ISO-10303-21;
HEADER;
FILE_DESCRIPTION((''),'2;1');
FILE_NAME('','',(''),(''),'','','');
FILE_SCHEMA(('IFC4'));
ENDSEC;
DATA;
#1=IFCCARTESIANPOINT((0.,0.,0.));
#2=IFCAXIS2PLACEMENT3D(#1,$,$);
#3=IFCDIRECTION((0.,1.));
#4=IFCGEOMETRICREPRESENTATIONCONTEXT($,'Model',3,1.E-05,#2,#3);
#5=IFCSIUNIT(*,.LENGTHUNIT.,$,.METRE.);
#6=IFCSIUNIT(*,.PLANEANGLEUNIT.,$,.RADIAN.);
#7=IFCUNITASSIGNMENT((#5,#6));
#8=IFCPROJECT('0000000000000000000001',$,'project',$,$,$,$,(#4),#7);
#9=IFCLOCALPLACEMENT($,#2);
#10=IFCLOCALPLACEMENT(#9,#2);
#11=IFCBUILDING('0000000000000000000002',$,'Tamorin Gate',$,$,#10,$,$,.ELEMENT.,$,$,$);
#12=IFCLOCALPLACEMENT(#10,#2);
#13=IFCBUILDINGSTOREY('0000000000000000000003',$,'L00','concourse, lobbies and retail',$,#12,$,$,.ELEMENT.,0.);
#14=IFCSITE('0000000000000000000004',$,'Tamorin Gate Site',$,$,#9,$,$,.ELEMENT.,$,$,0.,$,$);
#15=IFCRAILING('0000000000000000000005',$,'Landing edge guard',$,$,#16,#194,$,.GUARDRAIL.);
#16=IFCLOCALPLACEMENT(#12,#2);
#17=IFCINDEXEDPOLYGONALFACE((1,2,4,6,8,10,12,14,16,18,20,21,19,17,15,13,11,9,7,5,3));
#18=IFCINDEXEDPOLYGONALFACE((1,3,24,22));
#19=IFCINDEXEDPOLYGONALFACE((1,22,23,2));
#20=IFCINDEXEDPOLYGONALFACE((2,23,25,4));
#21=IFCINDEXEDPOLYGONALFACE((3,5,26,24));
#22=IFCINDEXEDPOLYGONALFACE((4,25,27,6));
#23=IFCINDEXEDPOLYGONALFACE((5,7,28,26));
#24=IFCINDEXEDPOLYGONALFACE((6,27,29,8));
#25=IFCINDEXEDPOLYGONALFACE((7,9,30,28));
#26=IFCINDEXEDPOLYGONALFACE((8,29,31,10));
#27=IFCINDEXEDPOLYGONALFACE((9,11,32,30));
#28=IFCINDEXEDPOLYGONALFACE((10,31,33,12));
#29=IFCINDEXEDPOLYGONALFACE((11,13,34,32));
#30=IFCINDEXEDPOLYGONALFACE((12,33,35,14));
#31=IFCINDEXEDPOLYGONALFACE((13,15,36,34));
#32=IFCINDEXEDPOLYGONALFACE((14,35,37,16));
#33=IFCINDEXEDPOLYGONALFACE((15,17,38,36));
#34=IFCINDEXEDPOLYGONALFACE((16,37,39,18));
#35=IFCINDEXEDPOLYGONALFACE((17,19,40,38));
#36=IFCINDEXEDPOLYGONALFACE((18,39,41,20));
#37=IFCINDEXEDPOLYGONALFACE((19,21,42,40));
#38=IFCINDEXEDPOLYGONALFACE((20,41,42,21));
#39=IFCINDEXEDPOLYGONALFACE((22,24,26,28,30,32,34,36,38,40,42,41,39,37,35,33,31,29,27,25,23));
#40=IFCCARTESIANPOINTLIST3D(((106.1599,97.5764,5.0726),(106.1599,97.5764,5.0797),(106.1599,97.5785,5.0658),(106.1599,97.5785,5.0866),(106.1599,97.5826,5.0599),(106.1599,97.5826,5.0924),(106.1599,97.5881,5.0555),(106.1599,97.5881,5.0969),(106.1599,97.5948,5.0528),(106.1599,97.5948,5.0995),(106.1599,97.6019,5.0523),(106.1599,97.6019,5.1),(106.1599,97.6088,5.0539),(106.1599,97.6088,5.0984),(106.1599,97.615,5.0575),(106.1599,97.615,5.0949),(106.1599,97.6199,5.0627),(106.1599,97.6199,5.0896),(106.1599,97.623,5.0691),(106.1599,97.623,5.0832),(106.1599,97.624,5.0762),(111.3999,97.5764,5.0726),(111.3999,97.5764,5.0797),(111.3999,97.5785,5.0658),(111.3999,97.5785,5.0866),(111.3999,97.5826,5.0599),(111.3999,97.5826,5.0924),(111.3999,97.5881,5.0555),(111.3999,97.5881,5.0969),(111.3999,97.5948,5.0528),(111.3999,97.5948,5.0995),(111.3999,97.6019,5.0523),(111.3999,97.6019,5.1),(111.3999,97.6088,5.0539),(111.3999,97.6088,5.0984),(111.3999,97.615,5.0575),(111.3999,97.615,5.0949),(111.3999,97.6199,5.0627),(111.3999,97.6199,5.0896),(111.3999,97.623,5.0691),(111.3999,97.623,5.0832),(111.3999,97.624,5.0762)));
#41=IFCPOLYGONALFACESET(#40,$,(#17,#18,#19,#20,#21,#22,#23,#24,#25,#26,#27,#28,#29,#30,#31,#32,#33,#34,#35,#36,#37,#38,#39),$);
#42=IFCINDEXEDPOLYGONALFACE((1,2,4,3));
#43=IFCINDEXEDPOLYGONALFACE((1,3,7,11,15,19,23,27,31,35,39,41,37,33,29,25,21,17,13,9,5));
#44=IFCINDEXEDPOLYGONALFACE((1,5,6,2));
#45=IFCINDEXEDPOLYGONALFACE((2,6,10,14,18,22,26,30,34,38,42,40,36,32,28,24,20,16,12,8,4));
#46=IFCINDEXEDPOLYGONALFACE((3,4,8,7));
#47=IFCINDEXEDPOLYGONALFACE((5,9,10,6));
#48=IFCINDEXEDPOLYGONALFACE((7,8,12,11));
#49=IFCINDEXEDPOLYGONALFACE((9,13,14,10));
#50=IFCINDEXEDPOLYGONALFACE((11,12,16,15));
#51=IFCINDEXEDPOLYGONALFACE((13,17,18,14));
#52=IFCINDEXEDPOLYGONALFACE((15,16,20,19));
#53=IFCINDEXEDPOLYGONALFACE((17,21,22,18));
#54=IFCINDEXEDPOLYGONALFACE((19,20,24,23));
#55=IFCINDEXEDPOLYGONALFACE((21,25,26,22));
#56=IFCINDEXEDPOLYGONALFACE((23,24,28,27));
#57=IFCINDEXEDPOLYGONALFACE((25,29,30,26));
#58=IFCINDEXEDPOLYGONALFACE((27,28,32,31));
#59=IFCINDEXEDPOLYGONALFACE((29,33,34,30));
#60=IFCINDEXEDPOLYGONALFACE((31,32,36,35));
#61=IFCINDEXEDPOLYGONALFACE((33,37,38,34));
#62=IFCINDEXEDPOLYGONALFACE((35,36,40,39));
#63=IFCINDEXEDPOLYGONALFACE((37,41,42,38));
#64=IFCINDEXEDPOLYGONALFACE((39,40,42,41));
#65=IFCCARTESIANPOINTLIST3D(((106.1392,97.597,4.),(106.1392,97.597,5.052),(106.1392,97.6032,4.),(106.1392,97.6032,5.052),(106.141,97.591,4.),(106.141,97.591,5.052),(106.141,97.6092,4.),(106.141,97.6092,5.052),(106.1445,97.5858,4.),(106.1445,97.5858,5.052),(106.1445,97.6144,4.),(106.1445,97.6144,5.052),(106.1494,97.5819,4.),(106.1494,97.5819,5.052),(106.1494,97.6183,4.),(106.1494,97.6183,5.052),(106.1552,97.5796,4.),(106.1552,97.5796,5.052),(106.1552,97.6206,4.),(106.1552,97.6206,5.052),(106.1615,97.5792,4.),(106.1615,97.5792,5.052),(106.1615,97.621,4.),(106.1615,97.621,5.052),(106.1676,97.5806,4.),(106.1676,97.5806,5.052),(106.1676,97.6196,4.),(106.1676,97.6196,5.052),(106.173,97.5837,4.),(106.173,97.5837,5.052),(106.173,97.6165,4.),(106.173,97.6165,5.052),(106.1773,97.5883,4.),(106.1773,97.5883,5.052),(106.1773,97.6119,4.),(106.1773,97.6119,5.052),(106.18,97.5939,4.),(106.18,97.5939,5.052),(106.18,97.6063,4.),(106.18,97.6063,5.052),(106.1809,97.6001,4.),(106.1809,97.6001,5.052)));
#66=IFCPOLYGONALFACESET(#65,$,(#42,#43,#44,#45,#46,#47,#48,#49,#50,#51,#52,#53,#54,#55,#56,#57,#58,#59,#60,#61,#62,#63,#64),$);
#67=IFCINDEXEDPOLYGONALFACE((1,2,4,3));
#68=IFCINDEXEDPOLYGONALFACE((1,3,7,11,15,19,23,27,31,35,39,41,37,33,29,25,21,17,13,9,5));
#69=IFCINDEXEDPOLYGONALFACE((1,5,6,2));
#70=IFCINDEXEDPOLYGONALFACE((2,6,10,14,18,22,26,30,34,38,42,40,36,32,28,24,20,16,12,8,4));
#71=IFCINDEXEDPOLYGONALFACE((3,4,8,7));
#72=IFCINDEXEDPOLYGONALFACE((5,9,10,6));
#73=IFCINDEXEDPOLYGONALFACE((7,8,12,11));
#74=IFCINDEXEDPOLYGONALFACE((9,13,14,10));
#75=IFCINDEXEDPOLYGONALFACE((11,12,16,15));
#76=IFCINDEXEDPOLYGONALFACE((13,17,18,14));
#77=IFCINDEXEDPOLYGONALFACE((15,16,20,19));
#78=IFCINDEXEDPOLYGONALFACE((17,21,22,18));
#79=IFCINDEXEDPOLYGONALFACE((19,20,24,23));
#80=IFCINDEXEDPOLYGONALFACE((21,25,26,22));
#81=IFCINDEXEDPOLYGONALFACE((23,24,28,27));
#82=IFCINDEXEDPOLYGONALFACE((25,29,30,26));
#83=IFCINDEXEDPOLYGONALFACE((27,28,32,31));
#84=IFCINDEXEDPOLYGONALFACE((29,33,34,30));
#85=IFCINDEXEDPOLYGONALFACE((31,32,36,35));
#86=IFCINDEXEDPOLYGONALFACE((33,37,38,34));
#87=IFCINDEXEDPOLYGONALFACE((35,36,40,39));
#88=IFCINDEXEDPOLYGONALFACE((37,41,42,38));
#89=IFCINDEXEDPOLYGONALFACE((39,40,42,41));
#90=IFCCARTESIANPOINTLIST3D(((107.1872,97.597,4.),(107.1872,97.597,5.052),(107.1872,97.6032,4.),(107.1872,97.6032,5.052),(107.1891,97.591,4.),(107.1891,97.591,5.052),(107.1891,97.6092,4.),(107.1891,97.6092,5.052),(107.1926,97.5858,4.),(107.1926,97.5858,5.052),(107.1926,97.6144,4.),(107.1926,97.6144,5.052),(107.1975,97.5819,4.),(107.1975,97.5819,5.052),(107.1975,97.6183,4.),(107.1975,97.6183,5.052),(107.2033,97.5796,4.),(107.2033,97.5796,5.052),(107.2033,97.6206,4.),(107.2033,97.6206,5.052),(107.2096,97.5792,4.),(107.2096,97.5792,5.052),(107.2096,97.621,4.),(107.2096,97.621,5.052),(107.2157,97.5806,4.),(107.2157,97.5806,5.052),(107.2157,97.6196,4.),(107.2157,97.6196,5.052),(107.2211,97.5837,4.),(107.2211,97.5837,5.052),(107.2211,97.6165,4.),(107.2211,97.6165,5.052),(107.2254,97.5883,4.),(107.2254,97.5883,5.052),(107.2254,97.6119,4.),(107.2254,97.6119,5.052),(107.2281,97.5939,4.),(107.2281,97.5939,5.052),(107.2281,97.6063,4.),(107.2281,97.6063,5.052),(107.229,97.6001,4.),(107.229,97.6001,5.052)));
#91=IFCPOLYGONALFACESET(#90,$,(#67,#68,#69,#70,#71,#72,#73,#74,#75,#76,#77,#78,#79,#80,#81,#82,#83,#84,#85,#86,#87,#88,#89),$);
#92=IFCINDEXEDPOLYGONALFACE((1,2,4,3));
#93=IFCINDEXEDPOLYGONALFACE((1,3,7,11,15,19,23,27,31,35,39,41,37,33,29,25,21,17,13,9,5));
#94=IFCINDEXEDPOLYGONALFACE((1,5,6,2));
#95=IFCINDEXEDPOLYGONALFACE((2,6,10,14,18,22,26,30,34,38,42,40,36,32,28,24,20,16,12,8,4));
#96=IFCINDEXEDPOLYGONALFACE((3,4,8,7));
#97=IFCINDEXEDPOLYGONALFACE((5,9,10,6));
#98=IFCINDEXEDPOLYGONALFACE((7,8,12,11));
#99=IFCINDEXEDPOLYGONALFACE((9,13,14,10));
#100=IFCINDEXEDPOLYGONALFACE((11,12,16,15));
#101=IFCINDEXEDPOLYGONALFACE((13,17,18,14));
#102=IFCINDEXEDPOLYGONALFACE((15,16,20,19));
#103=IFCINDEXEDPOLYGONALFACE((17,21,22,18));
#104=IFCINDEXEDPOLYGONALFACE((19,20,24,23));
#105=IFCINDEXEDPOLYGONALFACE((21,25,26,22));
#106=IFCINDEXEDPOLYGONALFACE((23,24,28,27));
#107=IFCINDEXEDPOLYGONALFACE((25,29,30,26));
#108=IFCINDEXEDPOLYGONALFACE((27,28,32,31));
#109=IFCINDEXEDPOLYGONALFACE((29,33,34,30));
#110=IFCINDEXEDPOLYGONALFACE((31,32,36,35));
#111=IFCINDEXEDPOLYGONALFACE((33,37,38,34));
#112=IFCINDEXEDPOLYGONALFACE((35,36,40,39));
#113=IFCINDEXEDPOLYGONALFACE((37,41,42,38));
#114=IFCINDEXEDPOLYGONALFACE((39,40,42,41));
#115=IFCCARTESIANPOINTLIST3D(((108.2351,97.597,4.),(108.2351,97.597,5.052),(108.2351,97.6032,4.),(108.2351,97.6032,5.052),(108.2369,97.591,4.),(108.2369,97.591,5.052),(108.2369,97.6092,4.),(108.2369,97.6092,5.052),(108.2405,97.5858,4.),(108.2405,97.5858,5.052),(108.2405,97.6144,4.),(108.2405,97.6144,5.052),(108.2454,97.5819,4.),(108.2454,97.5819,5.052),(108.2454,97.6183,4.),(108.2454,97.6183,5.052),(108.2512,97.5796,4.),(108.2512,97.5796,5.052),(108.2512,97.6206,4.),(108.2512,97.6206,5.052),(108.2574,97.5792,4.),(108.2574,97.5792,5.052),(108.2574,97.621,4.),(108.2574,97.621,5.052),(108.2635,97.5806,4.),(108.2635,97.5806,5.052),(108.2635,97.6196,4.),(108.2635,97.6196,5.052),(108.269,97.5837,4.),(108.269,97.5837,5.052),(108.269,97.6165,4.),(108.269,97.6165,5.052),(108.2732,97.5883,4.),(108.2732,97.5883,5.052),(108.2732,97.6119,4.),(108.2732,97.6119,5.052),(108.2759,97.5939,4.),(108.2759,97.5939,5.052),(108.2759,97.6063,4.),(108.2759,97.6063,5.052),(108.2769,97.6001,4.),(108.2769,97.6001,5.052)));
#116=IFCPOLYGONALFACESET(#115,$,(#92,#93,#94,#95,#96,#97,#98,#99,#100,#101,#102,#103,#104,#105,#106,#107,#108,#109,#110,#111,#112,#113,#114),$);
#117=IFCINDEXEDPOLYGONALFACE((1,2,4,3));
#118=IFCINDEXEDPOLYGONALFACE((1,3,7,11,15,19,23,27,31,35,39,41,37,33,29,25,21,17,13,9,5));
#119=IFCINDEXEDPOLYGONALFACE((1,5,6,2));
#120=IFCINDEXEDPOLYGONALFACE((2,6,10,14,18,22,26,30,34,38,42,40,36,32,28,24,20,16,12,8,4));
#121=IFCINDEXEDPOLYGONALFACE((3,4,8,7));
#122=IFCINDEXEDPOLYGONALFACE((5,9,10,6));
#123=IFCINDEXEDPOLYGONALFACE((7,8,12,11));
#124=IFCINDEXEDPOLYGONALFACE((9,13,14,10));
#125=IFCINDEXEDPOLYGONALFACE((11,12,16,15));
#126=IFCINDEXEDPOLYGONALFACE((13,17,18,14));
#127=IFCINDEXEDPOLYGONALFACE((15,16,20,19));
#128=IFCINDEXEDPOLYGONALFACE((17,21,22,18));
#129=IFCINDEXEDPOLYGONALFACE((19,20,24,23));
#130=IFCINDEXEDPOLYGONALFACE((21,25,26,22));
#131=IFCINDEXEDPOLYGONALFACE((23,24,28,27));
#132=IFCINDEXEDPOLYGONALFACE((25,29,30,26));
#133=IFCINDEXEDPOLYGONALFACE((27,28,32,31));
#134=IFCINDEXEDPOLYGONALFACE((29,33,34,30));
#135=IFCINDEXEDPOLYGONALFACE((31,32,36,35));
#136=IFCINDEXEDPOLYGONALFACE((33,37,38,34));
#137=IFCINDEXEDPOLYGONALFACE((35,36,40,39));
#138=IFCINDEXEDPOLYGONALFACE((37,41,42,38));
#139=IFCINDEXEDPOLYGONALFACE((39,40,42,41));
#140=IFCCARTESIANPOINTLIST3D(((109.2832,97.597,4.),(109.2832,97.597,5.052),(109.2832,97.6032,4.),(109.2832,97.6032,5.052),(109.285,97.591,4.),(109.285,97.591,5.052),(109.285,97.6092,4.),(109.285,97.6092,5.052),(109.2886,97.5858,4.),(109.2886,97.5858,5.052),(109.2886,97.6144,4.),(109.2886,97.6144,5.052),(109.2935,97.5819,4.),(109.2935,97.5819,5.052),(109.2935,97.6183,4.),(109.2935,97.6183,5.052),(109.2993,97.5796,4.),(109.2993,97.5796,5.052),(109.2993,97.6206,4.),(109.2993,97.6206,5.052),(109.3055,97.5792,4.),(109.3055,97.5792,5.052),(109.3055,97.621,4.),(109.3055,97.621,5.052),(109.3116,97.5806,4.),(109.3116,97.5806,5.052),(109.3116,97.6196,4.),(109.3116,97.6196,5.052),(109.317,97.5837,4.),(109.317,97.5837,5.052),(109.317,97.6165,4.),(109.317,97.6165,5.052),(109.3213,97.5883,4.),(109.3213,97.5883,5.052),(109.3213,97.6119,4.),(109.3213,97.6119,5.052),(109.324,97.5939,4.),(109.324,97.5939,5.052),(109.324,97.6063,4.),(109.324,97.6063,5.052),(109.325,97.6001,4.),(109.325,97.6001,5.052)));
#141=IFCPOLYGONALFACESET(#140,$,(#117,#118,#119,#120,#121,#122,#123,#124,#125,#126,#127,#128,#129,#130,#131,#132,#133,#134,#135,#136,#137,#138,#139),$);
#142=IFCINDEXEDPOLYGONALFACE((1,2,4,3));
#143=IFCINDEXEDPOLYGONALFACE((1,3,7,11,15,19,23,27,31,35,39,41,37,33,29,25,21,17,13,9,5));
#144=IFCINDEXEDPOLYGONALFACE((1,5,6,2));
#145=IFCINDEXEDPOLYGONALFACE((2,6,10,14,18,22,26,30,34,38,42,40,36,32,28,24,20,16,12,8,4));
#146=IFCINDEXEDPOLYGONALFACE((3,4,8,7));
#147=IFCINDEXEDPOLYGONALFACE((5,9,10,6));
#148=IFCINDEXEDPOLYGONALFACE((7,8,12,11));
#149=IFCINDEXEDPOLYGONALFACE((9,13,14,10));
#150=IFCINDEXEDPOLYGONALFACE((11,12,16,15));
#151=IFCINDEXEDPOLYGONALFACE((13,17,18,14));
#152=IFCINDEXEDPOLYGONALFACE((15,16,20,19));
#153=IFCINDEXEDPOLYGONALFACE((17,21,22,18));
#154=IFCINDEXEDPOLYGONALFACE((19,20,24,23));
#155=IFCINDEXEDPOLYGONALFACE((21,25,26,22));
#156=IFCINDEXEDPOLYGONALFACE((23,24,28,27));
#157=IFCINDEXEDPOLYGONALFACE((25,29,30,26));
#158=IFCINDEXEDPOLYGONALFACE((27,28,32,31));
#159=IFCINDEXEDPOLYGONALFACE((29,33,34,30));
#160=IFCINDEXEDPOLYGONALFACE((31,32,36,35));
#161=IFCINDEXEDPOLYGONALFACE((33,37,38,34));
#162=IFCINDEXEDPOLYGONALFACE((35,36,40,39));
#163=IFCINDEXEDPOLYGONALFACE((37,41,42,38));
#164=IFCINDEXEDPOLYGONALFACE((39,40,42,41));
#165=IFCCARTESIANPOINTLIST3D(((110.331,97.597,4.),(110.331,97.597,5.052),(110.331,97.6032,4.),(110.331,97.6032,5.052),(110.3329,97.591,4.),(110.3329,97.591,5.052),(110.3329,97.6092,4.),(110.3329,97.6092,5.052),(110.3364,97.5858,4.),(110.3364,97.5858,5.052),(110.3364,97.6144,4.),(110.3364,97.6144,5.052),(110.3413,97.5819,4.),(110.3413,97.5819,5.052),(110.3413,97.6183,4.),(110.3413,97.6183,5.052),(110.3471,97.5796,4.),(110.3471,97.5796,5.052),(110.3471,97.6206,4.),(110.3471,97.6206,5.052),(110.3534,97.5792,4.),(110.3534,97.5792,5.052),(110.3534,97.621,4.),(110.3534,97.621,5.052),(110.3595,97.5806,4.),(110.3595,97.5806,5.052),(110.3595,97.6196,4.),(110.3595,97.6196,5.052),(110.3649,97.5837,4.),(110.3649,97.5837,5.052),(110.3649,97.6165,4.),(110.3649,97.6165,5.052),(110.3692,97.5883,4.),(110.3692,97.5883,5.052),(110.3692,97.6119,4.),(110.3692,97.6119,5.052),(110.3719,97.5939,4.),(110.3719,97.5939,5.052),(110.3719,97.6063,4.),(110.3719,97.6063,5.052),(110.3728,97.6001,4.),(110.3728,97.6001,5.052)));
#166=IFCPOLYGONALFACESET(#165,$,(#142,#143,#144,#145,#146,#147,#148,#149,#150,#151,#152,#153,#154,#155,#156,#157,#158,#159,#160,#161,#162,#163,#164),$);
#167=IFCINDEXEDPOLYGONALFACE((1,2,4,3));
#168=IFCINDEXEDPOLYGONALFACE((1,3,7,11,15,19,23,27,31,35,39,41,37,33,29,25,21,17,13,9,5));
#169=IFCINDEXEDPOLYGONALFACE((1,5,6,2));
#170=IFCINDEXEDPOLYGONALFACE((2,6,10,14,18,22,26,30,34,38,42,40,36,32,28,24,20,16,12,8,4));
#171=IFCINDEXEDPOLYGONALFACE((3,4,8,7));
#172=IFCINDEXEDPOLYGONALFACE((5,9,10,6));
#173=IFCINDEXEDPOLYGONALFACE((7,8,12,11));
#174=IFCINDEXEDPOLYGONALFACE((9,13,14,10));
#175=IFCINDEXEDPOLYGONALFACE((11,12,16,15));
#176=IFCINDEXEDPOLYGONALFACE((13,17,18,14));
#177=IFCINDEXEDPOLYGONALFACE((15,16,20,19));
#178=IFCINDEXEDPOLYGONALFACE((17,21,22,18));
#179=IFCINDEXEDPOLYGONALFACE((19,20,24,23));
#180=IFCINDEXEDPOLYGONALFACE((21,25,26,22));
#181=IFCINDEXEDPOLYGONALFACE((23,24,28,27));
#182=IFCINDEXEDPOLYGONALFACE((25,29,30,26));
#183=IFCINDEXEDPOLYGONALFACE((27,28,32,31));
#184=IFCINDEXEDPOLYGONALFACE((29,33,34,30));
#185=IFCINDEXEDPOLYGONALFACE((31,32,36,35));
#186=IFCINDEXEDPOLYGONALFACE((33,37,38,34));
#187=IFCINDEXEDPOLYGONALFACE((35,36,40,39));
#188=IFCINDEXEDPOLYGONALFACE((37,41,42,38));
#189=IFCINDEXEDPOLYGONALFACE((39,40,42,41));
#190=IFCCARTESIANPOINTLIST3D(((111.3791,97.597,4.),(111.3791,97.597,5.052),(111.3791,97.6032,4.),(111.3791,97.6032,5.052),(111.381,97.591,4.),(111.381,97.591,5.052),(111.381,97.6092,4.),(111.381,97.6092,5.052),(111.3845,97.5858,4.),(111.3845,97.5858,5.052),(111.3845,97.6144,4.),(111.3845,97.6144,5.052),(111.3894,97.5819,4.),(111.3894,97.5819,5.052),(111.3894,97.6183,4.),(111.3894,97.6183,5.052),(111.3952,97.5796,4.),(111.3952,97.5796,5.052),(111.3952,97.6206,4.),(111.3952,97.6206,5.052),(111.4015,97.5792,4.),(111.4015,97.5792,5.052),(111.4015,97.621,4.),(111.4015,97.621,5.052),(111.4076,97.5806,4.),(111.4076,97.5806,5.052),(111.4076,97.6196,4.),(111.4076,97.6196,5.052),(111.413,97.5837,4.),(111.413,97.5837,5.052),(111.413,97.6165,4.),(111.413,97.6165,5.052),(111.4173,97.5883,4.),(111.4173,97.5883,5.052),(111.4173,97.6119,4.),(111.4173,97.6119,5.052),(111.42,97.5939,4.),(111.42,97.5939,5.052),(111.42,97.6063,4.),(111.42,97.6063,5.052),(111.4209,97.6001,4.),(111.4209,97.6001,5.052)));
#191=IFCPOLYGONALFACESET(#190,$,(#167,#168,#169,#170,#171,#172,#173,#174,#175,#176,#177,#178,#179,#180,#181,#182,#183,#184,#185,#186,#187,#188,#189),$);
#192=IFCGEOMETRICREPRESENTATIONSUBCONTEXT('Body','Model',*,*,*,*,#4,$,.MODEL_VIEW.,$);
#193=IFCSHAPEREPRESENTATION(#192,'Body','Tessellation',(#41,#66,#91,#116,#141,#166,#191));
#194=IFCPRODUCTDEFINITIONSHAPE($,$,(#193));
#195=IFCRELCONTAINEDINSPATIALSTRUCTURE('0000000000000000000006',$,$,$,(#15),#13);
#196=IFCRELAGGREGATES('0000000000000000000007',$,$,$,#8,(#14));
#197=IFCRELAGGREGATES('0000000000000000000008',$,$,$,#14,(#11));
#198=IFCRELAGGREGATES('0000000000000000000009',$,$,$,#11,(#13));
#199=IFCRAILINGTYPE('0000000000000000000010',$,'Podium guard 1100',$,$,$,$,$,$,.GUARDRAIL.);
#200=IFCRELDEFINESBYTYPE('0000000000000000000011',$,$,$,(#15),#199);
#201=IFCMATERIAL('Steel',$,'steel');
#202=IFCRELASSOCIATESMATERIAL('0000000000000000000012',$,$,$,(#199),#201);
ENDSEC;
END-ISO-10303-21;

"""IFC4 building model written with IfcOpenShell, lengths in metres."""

from ifc_helpers import new_model, si_unit, direction, frame, origin, origin_2d, place, context, subcontext, project, spatial, circle, extrude, material, type_object, element, save


model = new_model("IFC4")

# Units and contexts
model_context = context("Model", 3, precision=1e-05, world=origin(), true_north=direction((0.0, 1.0)))
body_context = subcontext(model_context, "Body", "Model", "MODEL_VIEW")
ifc_project = project(units=[si_unit("LENGTHUNIT", "METRE"), si_unit("PLANEANGLEUNIT", "RADIAN")], contexts=[model_context])

# Site, building, storey
site_placement = place(None, origin())
site = spatial("IfcSite", under=ifc_project, at=site_placement, Name="Tamorin Gate Site", CompositionType="ELEMENT", RefElevation=0.0)
building_placement = place(site_placement, origin())
building = spatial("IfcBuilding", under=site, at=building_placement, Name="Tamorin Gate", CompositionType="ELEMENT")
storey_placement = place(building_placement, origin())
storey = spatial("IfcBuildingStorey", under=building, at=storey_placement, Name="L00", Description="concourse, lobbies and retail", CompositionType="ELEMENT", Elevation=0.0)

# Railing
ifc_material_1 = material(Name="Steel", Category="steel")
railing_type_1 = type_object("IfcRailingType", Name="Podium guard 1100", PredefinedType="GUARDRAIL", material=ifc_material_1)
railing_1_placement = place(storey_placement, frame((106.1599, 97.6001, 4.0)))
element("IfcRailing", 1, at=railing_1_placement, inside=storey, type_object=railing_type_1, Name="Landing edge guard", PredefinedType="GUARDRAIL", context=body_context, shape_type="SweptSolid", body=[
    extrude(circle(Radius=0.0239, at=origin_2d()), frame((0.0, 0.0, 1.0762), z_axis=(1.0, 0.0, 0.0), x_axis=(0.0, 1.0, 0.0)), (0.0, 0.0, 1.0), 5.24),
    extrude(circle(Radius=0.021, at=origin_2d()), origin(), (0.0, 0.0, 1.0), 1.052),
    extrude(circle(Radius=0.021, at=origin_2d()), frame((1.0481, 0.0, 0.0)), (0.0, 0.0, 1.0), 1.052),
    extrude(circle(Radius=0.021, at=origin_2d()), frame((2.0959, 0.0, 0.0)), (0.0, 0.0, 1.0), 1.052),
    extrude(circle(Radius=0.021, at=origin_2d()), frame((3.144, 0.0, 0.0)), (0.0, 0.0, 1.0), 1.052),
    extrude(circle(Radius=0.021, at=origin_2d()), frame((4.1919, 0.0, 0.0)), (0.0, 0.0, 1.0), 1.052),
    extrude(circle(Radius=0.021, at=origin_2d()), frame((5.24, 0.0, 0.0)), (0.0, 0.0, 1.0), 1.052),
])

save(model, "model.ifc")
